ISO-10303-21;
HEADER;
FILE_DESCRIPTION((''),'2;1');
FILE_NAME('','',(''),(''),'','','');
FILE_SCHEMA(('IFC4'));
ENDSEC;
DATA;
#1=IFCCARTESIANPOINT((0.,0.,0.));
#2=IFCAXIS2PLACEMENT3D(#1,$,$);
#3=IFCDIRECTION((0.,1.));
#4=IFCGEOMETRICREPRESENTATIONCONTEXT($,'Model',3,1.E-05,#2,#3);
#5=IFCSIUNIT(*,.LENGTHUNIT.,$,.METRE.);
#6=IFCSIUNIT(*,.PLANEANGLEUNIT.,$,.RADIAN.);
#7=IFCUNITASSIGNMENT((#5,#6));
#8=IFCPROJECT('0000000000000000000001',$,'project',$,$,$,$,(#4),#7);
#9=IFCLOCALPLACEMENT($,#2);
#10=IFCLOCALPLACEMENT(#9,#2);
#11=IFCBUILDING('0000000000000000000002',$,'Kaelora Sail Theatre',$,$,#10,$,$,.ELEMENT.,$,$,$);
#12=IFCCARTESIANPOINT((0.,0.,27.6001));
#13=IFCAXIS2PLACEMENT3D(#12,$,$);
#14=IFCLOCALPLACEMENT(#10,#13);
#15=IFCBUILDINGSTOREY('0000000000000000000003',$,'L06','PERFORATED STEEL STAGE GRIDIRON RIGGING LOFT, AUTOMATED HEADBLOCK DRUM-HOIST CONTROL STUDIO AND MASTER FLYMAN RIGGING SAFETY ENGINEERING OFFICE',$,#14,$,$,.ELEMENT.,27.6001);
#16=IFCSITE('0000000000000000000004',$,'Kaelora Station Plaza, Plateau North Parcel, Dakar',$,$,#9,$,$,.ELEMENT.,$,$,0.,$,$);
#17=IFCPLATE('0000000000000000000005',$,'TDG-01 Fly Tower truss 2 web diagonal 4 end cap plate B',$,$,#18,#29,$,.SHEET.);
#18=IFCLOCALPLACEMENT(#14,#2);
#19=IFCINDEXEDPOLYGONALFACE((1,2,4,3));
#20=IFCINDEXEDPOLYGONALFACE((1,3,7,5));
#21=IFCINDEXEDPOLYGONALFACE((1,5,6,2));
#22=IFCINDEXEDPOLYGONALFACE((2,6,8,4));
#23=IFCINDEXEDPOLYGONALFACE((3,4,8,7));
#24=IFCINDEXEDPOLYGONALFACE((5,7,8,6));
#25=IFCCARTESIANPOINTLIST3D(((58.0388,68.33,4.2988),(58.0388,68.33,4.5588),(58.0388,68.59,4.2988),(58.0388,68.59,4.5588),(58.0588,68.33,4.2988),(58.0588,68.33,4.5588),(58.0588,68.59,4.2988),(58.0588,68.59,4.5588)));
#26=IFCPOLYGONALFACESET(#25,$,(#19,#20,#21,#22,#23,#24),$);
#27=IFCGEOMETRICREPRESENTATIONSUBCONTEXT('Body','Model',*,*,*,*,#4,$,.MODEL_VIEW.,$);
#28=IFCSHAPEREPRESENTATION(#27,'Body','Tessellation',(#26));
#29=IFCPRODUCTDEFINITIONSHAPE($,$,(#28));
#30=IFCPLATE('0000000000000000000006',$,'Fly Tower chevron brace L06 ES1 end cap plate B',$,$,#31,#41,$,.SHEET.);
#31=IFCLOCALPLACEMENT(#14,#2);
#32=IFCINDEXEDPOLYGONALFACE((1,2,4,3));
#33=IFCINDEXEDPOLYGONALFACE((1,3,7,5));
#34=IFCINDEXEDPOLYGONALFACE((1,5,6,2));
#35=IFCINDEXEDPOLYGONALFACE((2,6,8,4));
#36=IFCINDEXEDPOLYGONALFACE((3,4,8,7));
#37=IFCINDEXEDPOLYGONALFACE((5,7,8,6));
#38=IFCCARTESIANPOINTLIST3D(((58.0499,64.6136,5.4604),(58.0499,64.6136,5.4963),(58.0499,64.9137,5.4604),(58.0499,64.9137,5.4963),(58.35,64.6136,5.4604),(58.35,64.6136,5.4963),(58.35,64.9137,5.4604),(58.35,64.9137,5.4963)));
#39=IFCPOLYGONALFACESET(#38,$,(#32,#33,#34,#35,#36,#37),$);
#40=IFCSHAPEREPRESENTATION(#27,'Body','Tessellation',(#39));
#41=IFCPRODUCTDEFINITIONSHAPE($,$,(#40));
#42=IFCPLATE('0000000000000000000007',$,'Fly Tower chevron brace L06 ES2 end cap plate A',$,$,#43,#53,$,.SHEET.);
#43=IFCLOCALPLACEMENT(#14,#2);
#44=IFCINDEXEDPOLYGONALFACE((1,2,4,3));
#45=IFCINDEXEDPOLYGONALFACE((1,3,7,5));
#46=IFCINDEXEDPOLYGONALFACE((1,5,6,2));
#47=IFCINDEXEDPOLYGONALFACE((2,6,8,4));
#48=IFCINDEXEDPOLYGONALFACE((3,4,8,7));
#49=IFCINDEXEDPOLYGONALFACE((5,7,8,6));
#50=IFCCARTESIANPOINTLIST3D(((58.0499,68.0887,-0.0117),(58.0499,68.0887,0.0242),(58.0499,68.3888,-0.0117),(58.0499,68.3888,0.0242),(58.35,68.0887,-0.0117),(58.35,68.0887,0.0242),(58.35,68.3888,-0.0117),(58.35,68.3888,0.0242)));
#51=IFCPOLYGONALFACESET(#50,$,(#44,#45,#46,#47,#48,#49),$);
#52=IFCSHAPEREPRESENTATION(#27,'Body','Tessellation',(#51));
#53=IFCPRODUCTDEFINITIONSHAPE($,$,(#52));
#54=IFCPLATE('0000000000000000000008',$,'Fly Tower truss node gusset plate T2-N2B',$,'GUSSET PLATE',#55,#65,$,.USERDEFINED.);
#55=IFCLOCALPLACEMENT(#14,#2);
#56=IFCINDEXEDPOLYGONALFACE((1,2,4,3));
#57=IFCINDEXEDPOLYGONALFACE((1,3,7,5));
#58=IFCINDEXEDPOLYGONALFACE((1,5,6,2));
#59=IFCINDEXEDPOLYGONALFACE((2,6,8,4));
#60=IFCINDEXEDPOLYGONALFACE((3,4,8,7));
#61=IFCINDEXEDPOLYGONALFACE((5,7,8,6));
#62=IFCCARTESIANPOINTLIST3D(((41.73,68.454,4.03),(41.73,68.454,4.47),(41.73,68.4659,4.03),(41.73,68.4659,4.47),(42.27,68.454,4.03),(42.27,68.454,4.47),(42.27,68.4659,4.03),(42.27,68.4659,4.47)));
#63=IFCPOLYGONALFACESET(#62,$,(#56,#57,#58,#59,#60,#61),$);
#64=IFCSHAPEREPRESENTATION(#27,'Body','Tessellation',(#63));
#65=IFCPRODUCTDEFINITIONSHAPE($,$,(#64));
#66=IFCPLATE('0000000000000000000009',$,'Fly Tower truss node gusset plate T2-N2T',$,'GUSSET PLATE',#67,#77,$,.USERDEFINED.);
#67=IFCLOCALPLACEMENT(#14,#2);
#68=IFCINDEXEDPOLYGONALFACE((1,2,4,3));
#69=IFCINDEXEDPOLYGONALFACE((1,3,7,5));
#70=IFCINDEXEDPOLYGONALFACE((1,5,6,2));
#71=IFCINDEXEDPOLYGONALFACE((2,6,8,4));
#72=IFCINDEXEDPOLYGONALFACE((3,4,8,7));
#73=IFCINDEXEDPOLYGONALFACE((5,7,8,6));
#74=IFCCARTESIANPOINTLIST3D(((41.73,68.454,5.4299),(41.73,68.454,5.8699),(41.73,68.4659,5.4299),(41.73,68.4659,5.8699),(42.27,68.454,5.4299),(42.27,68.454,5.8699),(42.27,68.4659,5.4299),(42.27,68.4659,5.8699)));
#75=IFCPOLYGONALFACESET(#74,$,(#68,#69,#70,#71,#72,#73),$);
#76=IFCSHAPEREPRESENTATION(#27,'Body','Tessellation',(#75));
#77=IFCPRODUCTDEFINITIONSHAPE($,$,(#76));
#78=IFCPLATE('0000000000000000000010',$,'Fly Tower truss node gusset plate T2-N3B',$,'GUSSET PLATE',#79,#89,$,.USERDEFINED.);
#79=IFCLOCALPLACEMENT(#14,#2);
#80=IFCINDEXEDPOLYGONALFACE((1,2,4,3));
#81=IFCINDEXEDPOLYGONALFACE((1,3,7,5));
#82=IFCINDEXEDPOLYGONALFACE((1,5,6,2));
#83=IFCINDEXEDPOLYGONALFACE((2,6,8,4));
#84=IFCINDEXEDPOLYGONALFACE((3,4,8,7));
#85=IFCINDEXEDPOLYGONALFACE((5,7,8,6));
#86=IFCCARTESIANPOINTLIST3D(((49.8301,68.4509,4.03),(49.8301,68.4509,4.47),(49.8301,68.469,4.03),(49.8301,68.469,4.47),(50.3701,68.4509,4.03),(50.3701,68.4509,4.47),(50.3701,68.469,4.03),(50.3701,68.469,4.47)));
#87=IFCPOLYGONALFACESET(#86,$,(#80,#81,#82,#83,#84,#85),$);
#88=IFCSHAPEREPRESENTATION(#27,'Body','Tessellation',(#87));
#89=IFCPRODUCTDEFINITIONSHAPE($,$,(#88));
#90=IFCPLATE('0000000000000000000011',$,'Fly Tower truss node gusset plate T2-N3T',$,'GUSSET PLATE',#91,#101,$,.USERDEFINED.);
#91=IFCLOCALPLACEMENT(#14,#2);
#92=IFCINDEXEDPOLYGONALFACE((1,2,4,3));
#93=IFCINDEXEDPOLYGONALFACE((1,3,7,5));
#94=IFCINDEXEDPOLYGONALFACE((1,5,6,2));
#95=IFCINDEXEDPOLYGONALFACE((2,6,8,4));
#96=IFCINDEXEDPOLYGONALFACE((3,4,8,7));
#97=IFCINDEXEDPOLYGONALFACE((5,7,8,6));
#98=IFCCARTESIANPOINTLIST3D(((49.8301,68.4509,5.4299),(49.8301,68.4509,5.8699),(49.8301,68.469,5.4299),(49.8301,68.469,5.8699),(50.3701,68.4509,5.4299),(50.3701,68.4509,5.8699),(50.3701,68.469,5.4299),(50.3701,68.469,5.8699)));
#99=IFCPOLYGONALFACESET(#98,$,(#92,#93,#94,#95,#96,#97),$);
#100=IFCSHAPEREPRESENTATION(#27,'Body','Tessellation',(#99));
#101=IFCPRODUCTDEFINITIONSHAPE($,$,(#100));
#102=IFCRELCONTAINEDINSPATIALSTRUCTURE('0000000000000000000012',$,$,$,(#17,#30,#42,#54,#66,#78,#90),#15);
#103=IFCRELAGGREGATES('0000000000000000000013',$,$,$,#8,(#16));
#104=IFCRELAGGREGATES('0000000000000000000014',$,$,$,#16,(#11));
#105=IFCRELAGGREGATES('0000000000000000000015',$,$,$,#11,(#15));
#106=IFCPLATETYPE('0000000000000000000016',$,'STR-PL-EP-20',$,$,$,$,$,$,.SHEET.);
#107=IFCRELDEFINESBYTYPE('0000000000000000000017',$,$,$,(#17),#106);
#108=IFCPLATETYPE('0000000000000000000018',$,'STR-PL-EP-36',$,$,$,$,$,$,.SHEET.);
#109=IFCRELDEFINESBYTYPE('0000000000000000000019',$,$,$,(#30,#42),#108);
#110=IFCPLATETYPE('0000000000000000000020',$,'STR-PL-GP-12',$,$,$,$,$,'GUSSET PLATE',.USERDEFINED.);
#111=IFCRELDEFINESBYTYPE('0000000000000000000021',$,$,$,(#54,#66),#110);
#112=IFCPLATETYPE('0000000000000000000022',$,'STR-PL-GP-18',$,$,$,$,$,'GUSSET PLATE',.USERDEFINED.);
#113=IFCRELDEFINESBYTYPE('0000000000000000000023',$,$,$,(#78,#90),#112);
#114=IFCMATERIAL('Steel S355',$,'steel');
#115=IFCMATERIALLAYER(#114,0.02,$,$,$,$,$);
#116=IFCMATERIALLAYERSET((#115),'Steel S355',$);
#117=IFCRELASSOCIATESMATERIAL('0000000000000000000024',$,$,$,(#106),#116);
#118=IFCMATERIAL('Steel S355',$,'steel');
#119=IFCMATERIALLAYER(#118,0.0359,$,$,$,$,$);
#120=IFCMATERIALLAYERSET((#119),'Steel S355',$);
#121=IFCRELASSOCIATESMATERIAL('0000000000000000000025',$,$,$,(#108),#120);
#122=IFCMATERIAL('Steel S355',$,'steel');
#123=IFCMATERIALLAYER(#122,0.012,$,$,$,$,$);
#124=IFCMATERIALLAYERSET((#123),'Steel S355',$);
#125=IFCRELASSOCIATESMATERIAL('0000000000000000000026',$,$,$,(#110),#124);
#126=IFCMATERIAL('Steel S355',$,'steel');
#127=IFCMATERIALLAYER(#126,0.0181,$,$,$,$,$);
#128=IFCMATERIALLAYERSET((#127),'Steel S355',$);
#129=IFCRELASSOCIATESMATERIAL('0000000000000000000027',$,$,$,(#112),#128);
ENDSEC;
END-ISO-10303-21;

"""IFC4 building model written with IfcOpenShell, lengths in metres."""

from ifc_helpers import new_model, si_unit, direction, frame, origin, origin_2d, place, context, subcontext, project, spatial, rectangle, extrude, material, layer, layer_set, type_object, element, save


model = new_model("IFC4")

# Units and contexts
model_context = context("Model", 3, precision=1e-05, world=origin(), true_north=direction((0.0, 1.0)))
body_context = subcontext(model_context, "Body", "Model", "MODEL_VIEW")
ifc_project = project(units=[si_unit("LENGTHUNIT", "METRE"), si_unit("PLANEANGLEUNIT", "RADIAN")], contexts=[model_context])

# Site, building, storey
site_placement = place(None, origin())
site = spatial("IfcSite", under=ifc_project, at=site_placement, Name="Kaelora Station Plaza, Plateau North Parcel, Dakar", CompositionType="ELEMENT", RefElevation=0.0)
building_placement = place(site_placement, origin())
building = spatial("IfcBuilding", under=site, at=building_placement, Name="Kaelora Sail Theatre", CompositionType="ELEMENT")
storey_placement = place(building_placement, frame((0.0, 0.0, 27.6001)))
storey = spatial("IfcBuildingStorey", under=building, at=storey_placement, Name="L06", Description="PERFORATED STEEL STAGE GRIDIRON RIGGING LOFT, AUTOMATED HEADBLOCK DRUM-HOIST CONTROL STUDIO AND MASTER FLYMAN RIGGING SAFETY ENGINEERING OFFICE", CompositionType="ELEMENT", Elevation=27.6001)

# Plates
ifc_material_1 = material(Name="Steel S355", Category="steel")
ifc_layer_1 = layer(ifc_material_1, 0.02)
ifc_layer_set_1 = layer_set([ifc_layer_1], Name="Steel S355")
plate_type_1 = type_object("IfcPlateType", Name="STR-PL-EP-20", PredefinedType="SHEET", material=ifc_layer_set_1)
for number, where, z_axis, x_axis, name in (
    (1, (58.0488, 68.46, 4.2988), (0.0, 0.0, 1.0), (1.0, 0.0, 0.0), "TDG-01 Fly Tower truss 2 web diagonal 4 end cap plate B"),
):
    element("IfcPlate", number, at=place(storey_placement, frame(where, z_axis=z_axis, x_axis=x_axis)), inside=storey, type_object=plate_type_1, Name=name, PredefinedType="SHEET", context=body_context, shape_type="SweptSolid", body=[
        extrude(rectangle(XDim=0.02, YDim=0.26, at=origin_2d()), origin(), (0.0, 0.0, 1.0), 0.26),
    ])
ifc_material_2 = material(Name="Steel S355", Category="steel")
ifc_layer_2 = layer(ifc_material_2, 0.0359)
ifc_layer_set_2 = layer_set([ifc_layer_2], Name="Steel S355")
plate_type_2 = type_object("IfcPlateType", Name="STR-PL-EP-36", PredefinedType="SHEET", material=ifc_layer_set_2)
for number, where, z_axis, x_axis, name in (
    (2, (58.2, 64.7637, 5.4604), (0.0, 0.0, 1.0), (1.0, 0.0, 0.0), "Fly Tower chevron brace L06 ES1 end cap plate B"),
    (3, (58.2, 68.2388, -0.0117), (0.0, 0.0, 1.0), (1.0, 0.0, 0.0), "Fly Tower chevron brace L06 ES2 end cap plate A"),
):
    element("IfcPlate", number, at=place(storey_placement, frame(where, z_axis=z_axis, x_axis=x_axis)), inside=storey, type_object=plate_type_2, Name=name, PredefinedType="SHEET", context=body_context, shape_type="SweptSolid", body=[
        extrude(rectangle(XDim=0.3, YDim=0.3, at=origin_2d()), origin(), (0.0, 0.0, 1.0), 0.0359),
    ])
ifc_material_3 = material(Name="Steel S355", Category="steel")
ifc_layer_3 = layer(ifc_material_3, 0.012)
ifc_layer_set_3 = layer_set([ifc_layer_3], Name="Steel S355")
plate_type_3 = type_object("IfcPlateType", Name="STR-PL-GP-12", ElementType="GUSSET PLATE", PredefinedType="USERDEFINED", material=ifc_layer_set_3)
for number, where, z_axis, x_axis, name in (
    (4, (42.0, 68.46, 4.03), (0.0, 0.0, 1.0), (1.0, 0.0, 0.0), "Fly Tower truss node gusset plate T2-N2B"),
    (5, (42.0, 68.46, 5.4299), (0.0, 0.0, 1.0), (1.0, 0.0, 0.0), "Fly Tower truss node gusset plate T2-N2T"),
):
    element("IfcPlate", number, at=place(storey_placement, frame(where, z_axis=z_axis, x_axis=x_axis)), inside=storey, type_object=plate_type_3, Name=name, ObjectType="GUSSET PLATE", PredefinedType="USERDEFINED", context=body_context, shape_type="SweptSolid", body=[
        extrude(rectangle(XDim=0.54, YDim=0.012, at=origin_2d()), origin(), (0.0, 0.0, 1.0), 0.4399),
    ])
ifc_material_4 = material(Name="Steel S355", Category="steel")
ifc_layer_4 = layer(ifc_material_4, 0.0181)
ifc_layer_set_4 = layer_set([ifc_layer_4], Name="Steel S355")
plate_type_4 = type_object("IfcPlateType", Name="STR-PL-GP-18", ElementType="GUSSET PLATE", PredefinedType="USERDEFINED", material=ifc_layer_set_4)
for number, where, z_axis, x_axis, name in (
    (6, (50.1001, 68.46, 4.03), (0.0, 0.0, 1.0), (1.0, 0.0, 0.0), "Fly Tower truss node gusset plate T2-N3B"),
    (7, (50.1001, 68.46, 5.4299), (0.0, 0.0, 1.0), (1.0, 0.0, 0.0), "Fly Tower truss node gusset plate T2-N3T"),
):
    element("IfcPlate", number, at=place(storey_placement, frame(where, z_axis=z_axis, x_axis=x_axis)), inside=storey, type_object=plate_type_4, Name=name, ObjectType="GUSSET PLATE", PredefinedType="USERDEFINED", context=body_context, shape_type="SweptSolid", body=[
        extrude(rectangle(XDim=0.54, YDim=0.0181, at=origin_2d()), origin(), (0.0, 0.0, 1.0), 0.4399),
    ])

save(model, "model.ifc")
